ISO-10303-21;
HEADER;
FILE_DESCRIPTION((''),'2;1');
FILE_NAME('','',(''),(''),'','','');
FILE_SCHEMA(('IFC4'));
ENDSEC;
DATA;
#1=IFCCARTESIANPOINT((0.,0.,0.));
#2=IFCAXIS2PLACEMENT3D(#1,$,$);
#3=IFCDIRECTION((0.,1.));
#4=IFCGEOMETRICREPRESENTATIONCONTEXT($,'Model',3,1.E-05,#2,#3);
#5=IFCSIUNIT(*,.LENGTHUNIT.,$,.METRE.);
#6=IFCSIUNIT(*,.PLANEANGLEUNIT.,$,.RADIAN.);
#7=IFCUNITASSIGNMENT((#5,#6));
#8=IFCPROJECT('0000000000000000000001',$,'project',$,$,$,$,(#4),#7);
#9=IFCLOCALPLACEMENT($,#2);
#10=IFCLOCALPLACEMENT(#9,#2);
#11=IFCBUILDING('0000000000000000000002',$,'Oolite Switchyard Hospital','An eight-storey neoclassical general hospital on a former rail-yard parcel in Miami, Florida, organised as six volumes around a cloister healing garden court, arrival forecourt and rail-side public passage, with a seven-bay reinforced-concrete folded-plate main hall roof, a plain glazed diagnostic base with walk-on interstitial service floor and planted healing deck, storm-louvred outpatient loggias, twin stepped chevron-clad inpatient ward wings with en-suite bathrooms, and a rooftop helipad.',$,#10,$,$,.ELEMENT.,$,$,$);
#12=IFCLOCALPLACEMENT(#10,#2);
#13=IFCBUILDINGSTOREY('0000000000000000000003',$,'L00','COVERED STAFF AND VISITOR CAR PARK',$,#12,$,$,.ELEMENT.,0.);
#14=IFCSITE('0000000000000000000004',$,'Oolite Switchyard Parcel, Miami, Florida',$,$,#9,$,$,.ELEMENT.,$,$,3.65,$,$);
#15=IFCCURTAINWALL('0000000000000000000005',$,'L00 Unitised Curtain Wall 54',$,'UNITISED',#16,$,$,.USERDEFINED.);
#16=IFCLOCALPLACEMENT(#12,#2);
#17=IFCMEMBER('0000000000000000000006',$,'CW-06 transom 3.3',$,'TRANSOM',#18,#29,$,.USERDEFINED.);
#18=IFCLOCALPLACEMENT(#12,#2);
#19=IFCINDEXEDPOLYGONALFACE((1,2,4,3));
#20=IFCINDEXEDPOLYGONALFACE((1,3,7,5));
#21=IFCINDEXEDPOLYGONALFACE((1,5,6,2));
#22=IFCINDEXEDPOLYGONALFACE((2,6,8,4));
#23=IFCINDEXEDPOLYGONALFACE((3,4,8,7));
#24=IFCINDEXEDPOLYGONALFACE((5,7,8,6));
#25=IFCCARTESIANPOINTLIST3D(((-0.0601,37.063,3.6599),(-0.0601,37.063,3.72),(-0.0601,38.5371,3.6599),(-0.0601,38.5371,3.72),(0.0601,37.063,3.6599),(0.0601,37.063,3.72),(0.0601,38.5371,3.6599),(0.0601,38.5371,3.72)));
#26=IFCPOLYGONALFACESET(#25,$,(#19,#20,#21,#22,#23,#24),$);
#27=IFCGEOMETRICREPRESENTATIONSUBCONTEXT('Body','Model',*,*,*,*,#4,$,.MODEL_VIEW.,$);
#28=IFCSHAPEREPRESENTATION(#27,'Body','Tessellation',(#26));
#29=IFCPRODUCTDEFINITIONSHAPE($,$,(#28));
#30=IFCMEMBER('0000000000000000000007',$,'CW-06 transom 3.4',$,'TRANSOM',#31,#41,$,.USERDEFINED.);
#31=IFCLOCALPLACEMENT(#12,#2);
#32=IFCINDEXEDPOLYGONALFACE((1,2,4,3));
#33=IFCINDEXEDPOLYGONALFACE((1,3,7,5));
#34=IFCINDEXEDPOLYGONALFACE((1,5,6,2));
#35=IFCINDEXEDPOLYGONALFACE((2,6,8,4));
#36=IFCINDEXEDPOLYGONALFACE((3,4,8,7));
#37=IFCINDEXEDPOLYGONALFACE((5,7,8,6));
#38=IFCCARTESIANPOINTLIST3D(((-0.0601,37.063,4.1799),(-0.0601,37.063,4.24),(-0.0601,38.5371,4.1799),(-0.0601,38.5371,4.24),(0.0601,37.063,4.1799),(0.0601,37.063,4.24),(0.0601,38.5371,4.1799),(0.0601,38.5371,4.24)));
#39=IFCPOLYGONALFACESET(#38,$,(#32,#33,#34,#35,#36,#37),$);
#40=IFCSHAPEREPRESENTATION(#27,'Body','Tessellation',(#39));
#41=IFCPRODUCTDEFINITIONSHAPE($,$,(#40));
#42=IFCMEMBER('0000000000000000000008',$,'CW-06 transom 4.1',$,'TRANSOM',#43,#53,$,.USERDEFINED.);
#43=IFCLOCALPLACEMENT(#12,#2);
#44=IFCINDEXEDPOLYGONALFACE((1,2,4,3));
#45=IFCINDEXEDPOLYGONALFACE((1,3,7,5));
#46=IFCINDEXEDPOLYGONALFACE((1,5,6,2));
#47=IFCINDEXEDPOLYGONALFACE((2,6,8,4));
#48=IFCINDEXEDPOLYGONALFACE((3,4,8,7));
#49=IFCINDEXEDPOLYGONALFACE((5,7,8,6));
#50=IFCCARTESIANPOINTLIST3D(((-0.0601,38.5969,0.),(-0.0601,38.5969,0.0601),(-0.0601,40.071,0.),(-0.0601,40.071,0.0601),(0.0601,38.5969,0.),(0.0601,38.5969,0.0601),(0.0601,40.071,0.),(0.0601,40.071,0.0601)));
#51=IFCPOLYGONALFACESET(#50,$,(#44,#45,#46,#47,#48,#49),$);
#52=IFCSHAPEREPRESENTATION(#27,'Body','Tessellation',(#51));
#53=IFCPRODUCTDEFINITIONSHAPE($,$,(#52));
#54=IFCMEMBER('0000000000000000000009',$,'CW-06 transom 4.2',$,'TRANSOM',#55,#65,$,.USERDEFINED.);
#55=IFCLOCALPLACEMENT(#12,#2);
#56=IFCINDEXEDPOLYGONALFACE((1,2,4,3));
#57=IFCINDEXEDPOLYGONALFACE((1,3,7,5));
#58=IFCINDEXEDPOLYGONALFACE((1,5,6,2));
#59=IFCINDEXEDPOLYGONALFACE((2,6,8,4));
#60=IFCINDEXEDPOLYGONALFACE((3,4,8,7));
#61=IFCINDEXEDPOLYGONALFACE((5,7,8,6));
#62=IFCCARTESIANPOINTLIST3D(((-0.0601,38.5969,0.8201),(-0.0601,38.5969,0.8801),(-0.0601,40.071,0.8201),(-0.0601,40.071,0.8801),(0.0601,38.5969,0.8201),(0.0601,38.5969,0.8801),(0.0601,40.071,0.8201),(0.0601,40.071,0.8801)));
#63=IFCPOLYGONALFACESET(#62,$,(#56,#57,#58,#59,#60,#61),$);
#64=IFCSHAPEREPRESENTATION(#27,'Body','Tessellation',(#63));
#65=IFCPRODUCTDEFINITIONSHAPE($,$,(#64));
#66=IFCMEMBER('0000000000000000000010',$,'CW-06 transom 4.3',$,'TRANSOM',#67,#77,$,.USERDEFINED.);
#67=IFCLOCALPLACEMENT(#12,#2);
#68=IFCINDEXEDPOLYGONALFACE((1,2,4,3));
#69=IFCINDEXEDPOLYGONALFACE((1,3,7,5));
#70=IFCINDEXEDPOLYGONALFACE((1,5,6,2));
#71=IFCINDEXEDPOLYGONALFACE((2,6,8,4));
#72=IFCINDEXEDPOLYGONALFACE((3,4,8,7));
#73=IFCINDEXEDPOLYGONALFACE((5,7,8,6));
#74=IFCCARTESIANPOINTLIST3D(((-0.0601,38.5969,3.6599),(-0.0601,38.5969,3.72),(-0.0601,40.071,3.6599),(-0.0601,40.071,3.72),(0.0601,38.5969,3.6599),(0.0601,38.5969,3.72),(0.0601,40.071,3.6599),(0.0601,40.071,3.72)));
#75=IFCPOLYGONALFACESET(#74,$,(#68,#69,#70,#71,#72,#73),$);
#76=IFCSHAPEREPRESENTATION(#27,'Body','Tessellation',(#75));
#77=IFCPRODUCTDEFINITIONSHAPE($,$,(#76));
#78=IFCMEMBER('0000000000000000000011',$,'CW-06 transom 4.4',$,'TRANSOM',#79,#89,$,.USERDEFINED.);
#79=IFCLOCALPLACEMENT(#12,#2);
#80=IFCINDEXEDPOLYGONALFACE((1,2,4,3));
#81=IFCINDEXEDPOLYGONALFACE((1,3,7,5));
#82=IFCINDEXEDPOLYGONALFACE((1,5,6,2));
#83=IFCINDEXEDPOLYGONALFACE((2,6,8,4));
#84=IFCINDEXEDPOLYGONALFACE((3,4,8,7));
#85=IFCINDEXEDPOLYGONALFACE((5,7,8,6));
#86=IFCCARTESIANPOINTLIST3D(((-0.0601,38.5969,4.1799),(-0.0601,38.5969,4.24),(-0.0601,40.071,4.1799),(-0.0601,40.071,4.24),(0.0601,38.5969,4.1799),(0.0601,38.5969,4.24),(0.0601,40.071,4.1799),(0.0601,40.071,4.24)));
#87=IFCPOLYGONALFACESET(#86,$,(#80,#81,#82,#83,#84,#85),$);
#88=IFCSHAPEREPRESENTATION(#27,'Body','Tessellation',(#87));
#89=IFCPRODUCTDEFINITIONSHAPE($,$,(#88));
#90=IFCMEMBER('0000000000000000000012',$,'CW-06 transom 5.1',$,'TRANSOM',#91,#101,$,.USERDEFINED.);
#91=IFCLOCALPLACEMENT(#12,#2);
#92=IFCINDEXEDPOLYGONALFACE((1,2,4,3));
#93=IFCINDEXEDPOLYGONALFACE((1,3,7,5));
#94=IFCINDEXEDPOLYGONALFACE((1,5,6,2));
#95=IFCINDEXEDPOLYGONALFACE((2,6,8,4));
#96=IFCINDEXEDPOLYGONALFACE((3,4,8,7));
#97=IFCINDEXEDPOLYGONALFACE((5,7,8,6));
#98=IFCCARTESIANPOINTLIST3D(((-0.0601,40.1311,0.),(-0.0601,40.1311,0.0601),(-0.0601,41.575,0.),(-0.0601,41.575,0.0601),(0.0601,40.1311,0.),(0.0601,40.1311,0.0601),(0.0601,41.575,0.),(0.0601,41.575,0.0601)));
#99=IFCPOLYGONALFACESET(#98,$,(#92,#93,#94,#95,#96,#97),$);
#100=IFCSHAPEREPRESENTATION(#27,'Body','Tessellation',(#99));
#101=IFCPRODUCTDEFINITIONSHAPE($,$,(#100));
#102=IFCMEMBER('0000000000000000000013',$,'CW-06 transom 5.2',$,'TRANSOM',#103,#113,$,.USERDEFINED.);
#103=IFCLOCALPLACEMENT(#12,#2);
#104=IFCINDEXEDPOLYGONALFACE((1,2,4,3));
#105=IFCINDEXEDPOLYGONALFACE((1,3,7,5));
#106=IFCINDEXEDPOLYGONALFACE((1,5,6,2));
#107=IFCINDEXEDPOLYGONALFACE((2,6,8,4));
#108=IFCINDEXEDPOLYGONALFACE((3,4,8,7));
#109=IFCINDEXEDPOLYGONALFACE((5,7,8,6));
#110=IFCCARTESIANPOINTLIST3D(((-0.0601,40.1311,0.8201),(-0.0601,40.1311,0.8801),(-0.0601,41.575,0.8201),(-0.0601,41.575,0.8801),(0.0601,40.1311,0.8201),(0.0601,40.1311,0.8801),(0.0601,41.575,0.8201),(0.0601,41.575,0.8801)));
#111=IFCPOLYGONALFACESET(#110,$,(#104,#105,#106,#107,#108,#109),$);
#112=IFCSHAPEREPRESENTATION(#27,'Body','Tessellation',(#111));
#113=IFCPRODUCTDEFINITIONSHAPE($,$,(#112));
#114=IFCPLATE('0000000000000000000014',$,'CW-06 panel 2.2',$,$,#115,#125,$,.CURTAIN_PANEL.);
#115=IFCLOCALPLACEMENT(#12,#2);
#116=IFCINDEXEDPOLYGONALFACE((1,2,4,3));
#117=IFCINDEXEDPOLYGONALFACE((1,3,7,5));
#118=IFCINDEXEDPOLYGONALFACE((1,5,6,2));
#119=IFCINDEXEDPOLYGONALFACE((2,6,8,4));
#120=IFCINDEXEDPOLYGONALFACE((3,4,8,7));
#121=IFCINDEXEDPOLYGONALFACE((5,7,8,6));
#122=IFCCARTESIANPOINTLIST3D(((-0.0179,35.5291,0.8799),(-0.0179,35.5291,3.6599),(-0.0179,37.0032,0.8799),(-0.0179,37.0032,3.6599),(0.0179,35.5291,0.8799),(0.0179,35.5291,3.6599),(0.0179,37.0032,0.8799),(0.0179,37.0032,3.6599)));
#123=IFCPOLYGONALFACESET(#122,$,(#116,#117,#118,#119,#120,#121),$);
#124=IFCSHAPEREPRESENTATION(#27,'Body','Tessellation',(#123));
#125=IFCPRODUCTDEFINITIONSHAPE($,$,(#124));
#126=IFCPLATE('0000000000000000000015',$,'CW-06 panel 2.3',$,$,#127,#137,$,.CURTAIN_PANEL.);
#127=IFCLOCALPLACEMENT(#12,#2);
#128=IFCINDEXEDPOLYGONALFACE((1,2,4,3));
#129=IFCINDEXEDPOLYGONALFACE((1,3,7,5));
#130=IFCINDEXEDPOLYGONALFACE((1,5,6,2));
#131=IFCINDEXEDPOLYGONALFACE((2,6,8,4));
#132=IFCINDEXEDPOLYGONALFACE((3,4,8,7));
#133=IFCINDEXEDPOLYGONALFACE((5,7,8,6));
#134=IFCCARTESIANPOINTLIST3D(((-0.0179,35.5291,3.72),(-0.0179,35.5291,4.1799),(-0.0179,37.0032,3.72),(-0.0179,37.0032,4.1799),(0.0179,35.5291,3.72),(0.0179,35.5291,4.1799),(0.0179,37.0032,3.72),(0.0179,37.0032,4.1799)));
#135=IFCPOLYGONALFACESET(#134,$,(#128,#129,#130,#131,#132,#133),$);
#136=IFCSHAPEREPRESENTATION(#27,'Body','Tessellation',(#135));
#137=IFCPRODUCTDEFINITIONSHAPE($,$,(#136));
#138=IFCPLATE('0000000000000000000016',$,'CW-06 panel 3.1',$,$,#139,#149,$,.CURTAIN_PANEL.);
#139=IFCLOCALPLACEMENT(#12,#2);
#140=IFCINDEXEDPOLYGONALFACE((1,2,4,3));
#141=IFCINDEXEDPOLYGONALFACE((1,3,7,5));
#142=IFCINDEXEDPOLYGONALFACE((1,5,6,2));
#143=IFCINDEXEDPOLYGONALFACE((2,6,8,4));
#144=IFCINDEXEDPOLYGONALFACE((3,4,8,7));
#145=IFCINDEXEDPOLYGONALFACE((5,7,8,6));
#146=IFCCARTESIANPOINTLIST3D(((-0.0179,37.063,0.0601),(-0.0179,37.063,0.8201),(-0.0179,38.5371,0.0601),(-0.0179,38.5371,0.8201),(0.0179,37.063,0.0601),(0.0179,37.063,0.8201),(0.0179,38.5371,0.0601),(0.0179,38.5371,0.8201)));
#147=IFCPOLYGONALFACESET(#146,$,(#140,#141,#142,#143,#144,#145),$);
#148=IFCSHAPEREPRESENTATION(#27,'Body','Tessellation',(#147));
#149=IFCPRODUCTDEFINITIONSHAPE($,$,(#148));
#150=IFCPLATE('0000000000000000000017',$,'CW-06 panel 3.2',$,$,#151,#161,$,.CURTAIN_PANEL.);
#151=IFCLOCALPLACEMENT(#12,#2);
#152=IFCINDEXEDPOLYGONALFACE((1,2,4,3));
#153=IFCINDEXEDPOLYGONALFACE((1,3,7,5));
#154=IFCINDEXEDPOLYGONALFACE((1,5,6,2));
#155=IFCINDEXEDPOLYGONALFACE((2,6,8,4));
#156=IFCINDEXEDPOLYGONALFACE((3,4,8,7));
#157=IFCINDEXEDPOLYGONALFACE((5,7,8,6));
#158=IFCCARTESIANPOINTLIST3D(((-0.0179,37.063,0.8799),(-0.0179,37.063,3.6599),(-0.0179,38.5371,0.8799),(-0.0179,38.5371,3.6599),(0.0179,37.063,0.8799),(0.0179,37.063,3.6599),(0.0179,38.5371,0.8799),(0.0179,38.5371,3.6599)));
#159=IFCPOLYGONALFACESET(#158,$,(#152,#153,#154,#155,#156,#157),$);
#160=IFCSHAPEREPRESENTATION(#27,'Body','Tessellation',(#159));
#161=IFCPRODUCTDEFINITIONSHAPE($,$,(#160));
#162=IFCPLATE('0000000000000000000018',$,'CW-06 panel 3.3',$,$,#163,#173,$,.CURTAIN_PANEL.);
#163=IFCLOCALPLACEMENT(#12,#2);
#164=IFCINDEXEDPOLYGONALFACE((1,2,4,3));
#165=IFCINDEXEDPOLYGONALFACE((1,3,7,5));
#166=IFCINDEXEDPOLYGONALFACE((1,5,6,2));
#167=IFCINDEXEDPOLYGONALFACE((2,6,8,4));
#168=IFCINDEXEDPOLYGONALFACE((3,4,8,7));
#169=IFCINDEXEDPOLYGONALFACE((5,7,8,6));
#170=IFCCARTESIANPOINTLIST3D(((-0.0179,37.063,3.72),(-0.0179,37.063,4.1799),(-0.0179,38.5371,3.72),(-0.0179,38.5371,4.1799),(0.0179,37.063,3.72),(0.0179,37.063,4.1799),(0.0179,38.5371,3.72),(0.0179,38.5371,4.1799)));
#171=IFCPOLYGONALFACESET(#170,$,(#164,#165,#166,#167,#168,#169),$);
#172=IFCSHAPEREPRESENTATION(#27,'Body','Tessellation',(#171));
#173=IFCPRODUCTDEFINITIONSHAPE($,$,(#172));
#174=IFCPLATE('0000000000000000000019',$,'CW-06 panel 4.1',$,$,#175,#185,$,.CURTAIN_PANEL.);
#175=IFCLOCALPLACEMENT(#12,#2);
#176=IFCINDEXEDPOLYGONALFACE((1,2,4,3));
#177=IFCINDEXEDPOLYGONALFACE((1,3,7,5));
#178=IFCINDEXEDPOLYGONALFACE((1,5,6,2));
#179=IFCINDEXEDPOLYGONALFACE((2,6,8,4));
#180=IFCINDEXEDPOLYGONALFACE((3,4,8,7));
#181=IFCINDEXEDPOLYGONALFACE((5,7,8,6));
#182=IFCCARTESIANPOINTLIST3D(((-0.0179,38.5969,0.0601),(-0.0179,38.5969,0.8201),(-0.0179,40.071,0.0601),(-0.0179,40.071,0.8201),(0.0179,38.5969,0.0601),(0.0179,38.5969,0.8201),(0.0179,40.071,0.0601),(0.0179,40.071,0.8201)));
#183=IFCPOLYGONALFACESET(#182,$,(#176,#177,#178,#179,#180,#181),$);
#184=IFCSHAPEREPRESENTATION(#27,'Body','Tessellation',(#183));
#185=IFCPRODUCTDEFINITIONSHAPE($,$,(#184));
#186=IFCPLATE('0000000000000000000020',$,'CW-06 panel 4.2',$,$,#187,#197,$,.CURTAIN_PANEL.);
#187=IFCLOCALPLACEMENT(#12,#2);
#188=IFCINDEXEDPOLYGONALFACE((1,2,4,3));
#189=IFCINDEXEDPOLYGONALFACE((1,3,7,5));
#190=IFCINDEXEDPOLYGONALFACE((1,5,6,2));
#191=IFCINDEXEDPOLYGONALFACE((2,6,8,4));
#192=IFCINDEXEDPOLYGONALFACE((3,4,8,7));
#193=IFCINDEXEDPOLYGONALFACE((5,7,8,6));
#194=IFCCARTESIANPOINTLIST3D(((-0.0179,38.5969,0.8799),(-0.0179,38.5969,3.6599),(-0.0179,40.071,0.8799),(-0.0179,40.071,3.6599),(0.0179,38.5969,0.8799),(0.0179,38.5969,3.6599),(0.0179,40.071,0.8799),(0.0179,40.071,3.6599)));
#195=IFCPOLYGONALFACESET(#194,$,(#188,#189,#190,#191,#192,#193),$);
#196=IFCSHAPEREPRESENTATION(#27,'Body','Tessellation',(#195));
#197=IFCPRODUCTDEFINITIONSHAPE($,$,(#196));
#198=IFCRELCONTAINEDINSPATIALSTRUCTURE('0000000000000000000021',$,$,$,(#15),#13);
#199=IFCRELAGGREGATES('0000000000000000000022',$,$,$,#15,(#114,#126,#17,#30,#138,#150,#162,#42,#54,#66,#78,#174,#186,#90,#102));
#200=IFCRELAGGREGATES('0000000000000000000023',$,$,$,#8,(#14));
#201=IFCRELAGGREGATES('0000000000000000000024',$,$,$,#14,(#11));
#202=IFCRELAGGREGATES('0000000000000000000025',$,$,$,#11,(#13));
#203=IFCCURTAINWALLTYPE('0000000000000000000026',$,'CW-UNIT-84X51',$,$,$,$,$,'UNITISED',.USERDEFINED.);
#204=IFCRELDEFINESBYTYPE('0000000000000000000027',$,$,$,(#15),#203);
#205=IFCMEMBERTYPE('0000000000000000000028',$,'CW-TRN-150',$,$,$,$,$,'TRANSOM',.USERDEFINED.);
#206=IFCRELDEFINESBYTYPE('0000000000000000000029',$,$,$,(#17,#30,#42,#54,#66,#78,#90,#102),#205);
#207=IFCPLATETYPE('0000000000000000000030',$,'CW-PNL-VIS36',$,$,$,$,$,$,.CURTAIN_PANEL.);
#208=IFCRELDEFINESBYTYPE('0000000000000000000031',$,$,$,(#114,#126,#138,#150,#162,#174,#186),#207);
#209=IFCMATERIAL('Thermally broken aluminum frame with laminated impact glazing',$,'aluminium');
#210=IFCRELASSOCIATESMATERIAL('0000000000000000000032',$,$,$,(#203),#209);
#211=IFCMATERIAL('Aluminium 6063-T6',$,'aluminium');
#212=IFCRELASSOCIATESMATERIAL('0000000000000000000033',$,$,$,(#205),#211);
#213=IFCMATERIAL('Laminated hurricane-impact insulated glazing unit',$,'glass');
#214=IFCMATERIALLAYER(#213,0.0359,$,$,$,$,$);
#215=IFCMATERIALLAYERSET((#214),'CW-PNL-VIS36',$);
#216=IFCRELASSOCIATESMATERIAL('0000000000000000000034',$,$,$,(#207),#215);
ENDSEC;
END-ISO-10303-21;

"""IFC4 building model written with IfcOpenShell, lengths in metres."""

from ifc_helpers import new_model, si_unit, direction, frame, origin, origin_2d, place, context, subcontext, project, spatial, rectangle, extrude, material, layer, layer_set, material_profile, profile_set, type_object, element, aggregate, save


model = new_model("IFC4")

# Units and contexts
model_context = context("Model", 3, precision=1e-05, world=origin(), true_north=direction((0.0, 1.0)))
body_context = subcontext(model_context, "Body", "Model", "MODEL_VIEW")
ifc_project = project(units=[si_unit("LENGTHUNIT", "METRE"), si_unit("PLANEANGLEUNIT", "RADIAN")], contexts=[model_context])

# Site, building, storey
site_placement = place(None, origin())
site = spatial("IfcSite", under=ifc_project, at=site_placement, Name="Oolite Switchyard Parcel, Miami, Florida", CompositionType="ELEMENT", RefElevation=3.65)
building_placement = place(site_placement, origin())
building = spatial("IfcBuilding", under=site, at=building_placement, Name="Oolite Switchyard Hospital", Description="An eight-storey neoclassical general hospital on a former rail-yard parcel in Miami, Florida, organised as six volumes around a cloister healing garden court, arrival forecourt and rail-side public passage, with a seven-bay reinforced-concrete folded-plate main hall roof, a plain glazed diagnostic base with walk-on interstitial service floor and planted healing deck, storm-louvred outpatient loggias, twin stepped chevron-clad inpatient ward wings with en-suite bathrooms, and a rooftop helipad.", CompositionType="ELEMENT")
storey_placement = place(building_placement, origin())
storey = spatial("IfcBuildingStorey", under=building, at=storey_placement, Name="L00", Description="COVERED STAFF AND VISITOR CAR PARK", CompositionType="ELEMENT", Elevation=0.0)

# Curtain wall, members, plates
ifc_material_1 = material(Name="Thermally broken aluminum frame with laminated impact glazing", Category="aluminium")
curtain_wall_type = type_object("IfcCurtainWallType", Name="CW-UNIT-84X51", ElementType="UNITISED", PredefinedType="USERDEFINED", material=ifc_material_1)
curtain_wall_placement = place(storey_placement, origin())
curtain_wall = element("IfcCurtainWall", 1, at=curtain_wall_placement, inside=storey, type_object=curtain_wall_type, Name="L00 Unitised Curtain Wall 54", ObjectType="UNITISED", PredefinedType="USERDEFINED")
ifc_material_2 = material(Name="Aluminium 6063-T6", Category="aluminium")
ifc_material_profile_1 = material_profile(ifc_material_2, rectangle(XDim=0.1201, YDim=0.0601, at=origin_2d()), Name="CWT60X120")
ifc_profile_set_1 = profile_set([ifc_material_profile_1], Name="Aluminium 6063-T6")
member_type_1 = type_object("IfcMemberType", Name="CW-TRN-150", ElementType="TRANSOM", PredefinedType="USERDEFINED", material=ifc_profile_set_1)
member_1_placement = place(storey_placement, frame((0.0, 37.063, 3.6899), z_axis=(0.0, 1.0, 0.0), x_axis=(-1.0, 0.0, 0.0)))
member_1 = element("IfcMember", 2, at=member_1_placement, type_object=member_type_1, Name="CW-06 transom 3.3", ObjectType="TRANSOM", PredefinedType="USERDEFINED", context=body_context, shape_type="SweptSolid", body=[
    extrude(rectangle(XDim=0.1201, YDim=0.0601, at=origin_2d()), origin(), (0.0, 0.0, 1.0), 1.4741),
])
member_2_placement = place(storey_placement, frame((0.0, 37.063, 4.21), z_axis=(0.0, 1.0, 0.0), x_axis=(-1.0, 0.0, 0.0)))
member_2 = element("IfcMember", 3, at=member_2_placement, type_object=member_type_1, Name="CW-06 transom 3.4", ObjectType="TRANSOM", PredefinedType="USERDEFINED", context=body_context, shape_type="SweptSolid", body=[
    extrude(rectangle(XDim=0.1201, YDim=0.0601, at=origin_2d()), origin(), (0.0, 0.0, 1.0), 1.4741),
])
member_3_placement = place(storey_placement, frame((0.0, 38.5969, 0.03), z_axis=(0.0, 1.0, 0.0), x_axis=(-1.0, 0.0, 0.0)))
member_3 = element("IfcMember", 4, at=member_3_placement, type_object=member_type_1, Name="CW-06 transom 4.1", ObjectType="TRANSOM", PredefinedType="USERDEFINED", context=body_context, shape_type="SweptSolid", body=[
    extrude(rectangle(XDim=0.1201, YDim=0.0601, at=origin_2d()), origin(), (0.0, 0.0, 1.0), 1.4741),
])
member_4_placement = place(storey_placement, frame((0.0, 38.5969, 0.8501), z_axis=(0.0, 1.0, 0.0), x_axis=(-1.0, 0.0, 0.0)))
member_4 = element("IfcMember", 5, at=member_4_placement, type_object=member_type_1, Name="CW-06 transom 4.2", ObjectType="TRANSOM", PredefinedType="USERDEFINED", context=body_context, shape_type="SweptSolid", body=[
    extrude(rectangle(XDim=0.1201, YDim=0.0601, at=origin_2d()), origin(), (0.0, 0.0, 1.0), 1.4741),
])
member_5_placement = place(storey_placement, frame((0.0, 38.5969, 3.6899), z_axis=(0.0, 1.0, 0.0), x_axis=(-1.0, 0.0, 0.0)))
member_5 = element("IfcMember", 6, at=member_5_placement, type_object=member_type_1, Name="CW-06 transom 4.3", ObjectType="TRANSOM", PredefinedType="USERDEFINED", context=body_context, shape_type="SweptSolid", body=[
    extrude(rectangle(XDim=0.1201, YDim=0.0601, at=origin_2d()), origin(), (0.0, 0.0, 1.0), 1.4741),
])
member_6_placement = place(storey_placement, frame((0.0, 38.5969, 4.21), z_axis=(0.0, 1.0, 0.0), x_axis=(-1.0, 0.0, 0.0)))
member_6 = element("IfcMember", 7, at=member_6_placement, type_object=member_type_1, Name="CW-06 transom 4.4", ObjectType="TRANSOM", PredefinedType="USERDEFINED", context=body_context, shape_type="SweptSolid", body=[
    extrude(rectangle(XDim=0.1201, YDim=0.0601, at=origin_2d()), origin(), (0.0, 0.0, 1.0), 1.4741),
])
member_7_placement = place(storey_placement, frame((0.0, 40.1311, 0.03), z_axis=(0.0, 1.0, 0.0), x_axis=(-1.0, 0.0, 0.0)))
member_7 = element("IfcMember", 8, at=member_7_placement, type_object=member_type_1, Name="CW-06 transom 5.1", ObjectType="TRANSOM", PredefinedType="USERDEFINED", context=body_context, shape_type="SweptSolid", body=[
    extrude(rectangle(XDim=0.1201, YDim=0.0601, at=origin_2d()), origin(), (0.0, 0.0, 1.0), 1.4438),
])
member_8_placement = place(storey_placement, frame((0.0, 40.1311, 0.8501), z_axis=(0.0, 1.0, 0.0), x_axis=(-1.0, 0.0, 0.0)))
member_8 = element("IfcMember", 9, at=member_8_placement, type_object=member_type_1, Name="CW-06 transom 5.2", ObjectType="TRANSOM", PredefinedType="USERDEFINED", context=body_context, shape_type="SweptSolid", body=[
    extrude(rectangle(XDim=0.1201, YDim=0.0601, at=origin_2d()), origin(), (0.0, 0.0, 1.0), 1.4438),
])
ifc_material_3 = material(Name="Laminated hurricane-impact insulated glazing unit", Category="glass")
ifc_layer = layer(ifc_material_3, 0.0359)
ifc_layer_set = layer_set([ifc_layer], Name="CW-PNL-VIS36")
plate_type = type_object("IfcPlateType", Name="CW-PNL-VIS36", PredefinedType="CURTAIN_PANEL", material=ifc_layer_set)
plate_1_placement = place(storey_placement, frame((0.0, 36.2661, 0.8799), z_axis=(0.0, 0.0, 1.0), x_axis=(0.0, 1.0, 0.0)))
plate_1 = element("IfcPlate", 10, at=plate_1_placement, type_object=plate_type, Name="CW-06 panel 2.2", PredefinedType="CURTAIN_PANEL", context=body_context, shape_type="SweptSolid", body=[
    extrude(rectangle(XDim=1.4741, YDim=0.0359, at=origin_2d()), origin(), (0.0, 0.0, 1.0), 2.78),
])
plate_2_placement = place(storey_placement, frame((0.0, 36.2661, 3.72), z_axis=(0.0, 0.0, 1.0), x_axis=(0.0, 1.0, 0.0)))
plate_2 = element("IfcPlate", 11, at=plate_2_placement, type_object=plate_type, Name="CW-06 panel 2.3", PredefinedType="CURTAIN_PANEL", context=body_context, shape_type="SweptSolid", body=[
    extrude(rectangle(XDim=1.4741, YDim=0.0359, at=origin_2d()), origin(), (0.0, 0.0, 1.0), 0.46),
])
plate_3_placement = place(storey_placement, frame((0.0, 37.8, 0.0601), z_axis=(0.0, 0.0, 1.0), x_axis=(0.0, 1.0, 0.0)))
plate_3 = element("IfcPlate", 12, at=plate_3_placement, type_object=plate_type, Name="CW-06 panel 3.1", PredefinedType="CURTAIN_PANEL", context=body_context, shape_type="SweptSolid", body=[
    extrude(rectangle(XDim=1.4741, YDim=0.0359, at=origin_2d()), origin(), (0.0, 0.0, 1.0), 0.76),
])
plate_4_placement = place(storey_placement, frame((0.0, 37.8, 0.8799), z_axis=(0.0, 0.0, 1.0), x_axis=(0.0, 1.0, 0.0)))
plate_4 = element("IfcPlate", 13, at=plate_4_placement, type_object=plate_type, Name="CW-06 panel 3.2", PredefinedType="CURTAIN_PANEL", context=body_context, shape_type="SweptSolid", body=[
    extrude(rectangle(XDim=1.4741, YDim=0.0359, at=origin_2d()), origin(), (0.0, 0.0, 1.0), 2.78),
])
plate_5_placement = place(storey_placement, frame((0.0, 37.8, 3.72), z_axis=(0.0, 0.0, 1.0), x_axis=(0.0, 1.0, 0.0)))
plate_5 = element("IfcPlate", 14, at=plate_5_placement, type_object=plate_type, Name="CW-06 panel 3.3", PredefinedType="CURTAIN_PANEL", context=body_context, shape_type="SweptSolid", body=[
    extrude(rectangle(XDim=1.4741, YDim=0.0359, at=origin_2d()), origin(), (0.0, 0.0, 1.0), 0.46),
])
plate_6_placement = place(storey_placement, frame((0.0, 39.334, 0.0601), z_axis=(0.0, 0.0, 1.0), x_axis=(0.0, 1.0, 0.0)))
plate_6 = element("IfcPlate", 15, at=plate_6_placement, type_object=plate_type, Name="CW-06 panel 4.1", PredefinedType="CURTAIN_PANEL", context=body_context, shape_type="SweptSolid", body=[
    extrude(rectangle(XDim=1.4741, YDim=0.0359, at=origin_2d()), origin(), (0.0, 0.0, 1.0), 0.76),
])
plate_7_placement = place(storey_placement, frame((0.0, 39.334, 0.8799), z_axis=(0.0, 0.0, 1.0), x_axis=(0.0, 1.0, 0.0)))
plate_7 = element("IfcPlate", 16, at=plate_7_placement, type_object=plate_type, Name="CW-06 panel 4.2", PredefinedType="CURTAIN_PANEL", context=body_context, shape_type="SweptSolid", body=[
    extrude(rectangle(XDim=1.4741, YDim=0.0359, at=origin_2d()), origin(), (0.0, 0.0, 1.0), 2.78),
])
aggregate(curtain_wall, [plate_1, plate_2, member_1, member_2, plate_3, plate_4, plate_5, member_3, member_4, member_5, member_6, plate_6, plate_7, member_7, member_8])

save(model, "model.ifc")
